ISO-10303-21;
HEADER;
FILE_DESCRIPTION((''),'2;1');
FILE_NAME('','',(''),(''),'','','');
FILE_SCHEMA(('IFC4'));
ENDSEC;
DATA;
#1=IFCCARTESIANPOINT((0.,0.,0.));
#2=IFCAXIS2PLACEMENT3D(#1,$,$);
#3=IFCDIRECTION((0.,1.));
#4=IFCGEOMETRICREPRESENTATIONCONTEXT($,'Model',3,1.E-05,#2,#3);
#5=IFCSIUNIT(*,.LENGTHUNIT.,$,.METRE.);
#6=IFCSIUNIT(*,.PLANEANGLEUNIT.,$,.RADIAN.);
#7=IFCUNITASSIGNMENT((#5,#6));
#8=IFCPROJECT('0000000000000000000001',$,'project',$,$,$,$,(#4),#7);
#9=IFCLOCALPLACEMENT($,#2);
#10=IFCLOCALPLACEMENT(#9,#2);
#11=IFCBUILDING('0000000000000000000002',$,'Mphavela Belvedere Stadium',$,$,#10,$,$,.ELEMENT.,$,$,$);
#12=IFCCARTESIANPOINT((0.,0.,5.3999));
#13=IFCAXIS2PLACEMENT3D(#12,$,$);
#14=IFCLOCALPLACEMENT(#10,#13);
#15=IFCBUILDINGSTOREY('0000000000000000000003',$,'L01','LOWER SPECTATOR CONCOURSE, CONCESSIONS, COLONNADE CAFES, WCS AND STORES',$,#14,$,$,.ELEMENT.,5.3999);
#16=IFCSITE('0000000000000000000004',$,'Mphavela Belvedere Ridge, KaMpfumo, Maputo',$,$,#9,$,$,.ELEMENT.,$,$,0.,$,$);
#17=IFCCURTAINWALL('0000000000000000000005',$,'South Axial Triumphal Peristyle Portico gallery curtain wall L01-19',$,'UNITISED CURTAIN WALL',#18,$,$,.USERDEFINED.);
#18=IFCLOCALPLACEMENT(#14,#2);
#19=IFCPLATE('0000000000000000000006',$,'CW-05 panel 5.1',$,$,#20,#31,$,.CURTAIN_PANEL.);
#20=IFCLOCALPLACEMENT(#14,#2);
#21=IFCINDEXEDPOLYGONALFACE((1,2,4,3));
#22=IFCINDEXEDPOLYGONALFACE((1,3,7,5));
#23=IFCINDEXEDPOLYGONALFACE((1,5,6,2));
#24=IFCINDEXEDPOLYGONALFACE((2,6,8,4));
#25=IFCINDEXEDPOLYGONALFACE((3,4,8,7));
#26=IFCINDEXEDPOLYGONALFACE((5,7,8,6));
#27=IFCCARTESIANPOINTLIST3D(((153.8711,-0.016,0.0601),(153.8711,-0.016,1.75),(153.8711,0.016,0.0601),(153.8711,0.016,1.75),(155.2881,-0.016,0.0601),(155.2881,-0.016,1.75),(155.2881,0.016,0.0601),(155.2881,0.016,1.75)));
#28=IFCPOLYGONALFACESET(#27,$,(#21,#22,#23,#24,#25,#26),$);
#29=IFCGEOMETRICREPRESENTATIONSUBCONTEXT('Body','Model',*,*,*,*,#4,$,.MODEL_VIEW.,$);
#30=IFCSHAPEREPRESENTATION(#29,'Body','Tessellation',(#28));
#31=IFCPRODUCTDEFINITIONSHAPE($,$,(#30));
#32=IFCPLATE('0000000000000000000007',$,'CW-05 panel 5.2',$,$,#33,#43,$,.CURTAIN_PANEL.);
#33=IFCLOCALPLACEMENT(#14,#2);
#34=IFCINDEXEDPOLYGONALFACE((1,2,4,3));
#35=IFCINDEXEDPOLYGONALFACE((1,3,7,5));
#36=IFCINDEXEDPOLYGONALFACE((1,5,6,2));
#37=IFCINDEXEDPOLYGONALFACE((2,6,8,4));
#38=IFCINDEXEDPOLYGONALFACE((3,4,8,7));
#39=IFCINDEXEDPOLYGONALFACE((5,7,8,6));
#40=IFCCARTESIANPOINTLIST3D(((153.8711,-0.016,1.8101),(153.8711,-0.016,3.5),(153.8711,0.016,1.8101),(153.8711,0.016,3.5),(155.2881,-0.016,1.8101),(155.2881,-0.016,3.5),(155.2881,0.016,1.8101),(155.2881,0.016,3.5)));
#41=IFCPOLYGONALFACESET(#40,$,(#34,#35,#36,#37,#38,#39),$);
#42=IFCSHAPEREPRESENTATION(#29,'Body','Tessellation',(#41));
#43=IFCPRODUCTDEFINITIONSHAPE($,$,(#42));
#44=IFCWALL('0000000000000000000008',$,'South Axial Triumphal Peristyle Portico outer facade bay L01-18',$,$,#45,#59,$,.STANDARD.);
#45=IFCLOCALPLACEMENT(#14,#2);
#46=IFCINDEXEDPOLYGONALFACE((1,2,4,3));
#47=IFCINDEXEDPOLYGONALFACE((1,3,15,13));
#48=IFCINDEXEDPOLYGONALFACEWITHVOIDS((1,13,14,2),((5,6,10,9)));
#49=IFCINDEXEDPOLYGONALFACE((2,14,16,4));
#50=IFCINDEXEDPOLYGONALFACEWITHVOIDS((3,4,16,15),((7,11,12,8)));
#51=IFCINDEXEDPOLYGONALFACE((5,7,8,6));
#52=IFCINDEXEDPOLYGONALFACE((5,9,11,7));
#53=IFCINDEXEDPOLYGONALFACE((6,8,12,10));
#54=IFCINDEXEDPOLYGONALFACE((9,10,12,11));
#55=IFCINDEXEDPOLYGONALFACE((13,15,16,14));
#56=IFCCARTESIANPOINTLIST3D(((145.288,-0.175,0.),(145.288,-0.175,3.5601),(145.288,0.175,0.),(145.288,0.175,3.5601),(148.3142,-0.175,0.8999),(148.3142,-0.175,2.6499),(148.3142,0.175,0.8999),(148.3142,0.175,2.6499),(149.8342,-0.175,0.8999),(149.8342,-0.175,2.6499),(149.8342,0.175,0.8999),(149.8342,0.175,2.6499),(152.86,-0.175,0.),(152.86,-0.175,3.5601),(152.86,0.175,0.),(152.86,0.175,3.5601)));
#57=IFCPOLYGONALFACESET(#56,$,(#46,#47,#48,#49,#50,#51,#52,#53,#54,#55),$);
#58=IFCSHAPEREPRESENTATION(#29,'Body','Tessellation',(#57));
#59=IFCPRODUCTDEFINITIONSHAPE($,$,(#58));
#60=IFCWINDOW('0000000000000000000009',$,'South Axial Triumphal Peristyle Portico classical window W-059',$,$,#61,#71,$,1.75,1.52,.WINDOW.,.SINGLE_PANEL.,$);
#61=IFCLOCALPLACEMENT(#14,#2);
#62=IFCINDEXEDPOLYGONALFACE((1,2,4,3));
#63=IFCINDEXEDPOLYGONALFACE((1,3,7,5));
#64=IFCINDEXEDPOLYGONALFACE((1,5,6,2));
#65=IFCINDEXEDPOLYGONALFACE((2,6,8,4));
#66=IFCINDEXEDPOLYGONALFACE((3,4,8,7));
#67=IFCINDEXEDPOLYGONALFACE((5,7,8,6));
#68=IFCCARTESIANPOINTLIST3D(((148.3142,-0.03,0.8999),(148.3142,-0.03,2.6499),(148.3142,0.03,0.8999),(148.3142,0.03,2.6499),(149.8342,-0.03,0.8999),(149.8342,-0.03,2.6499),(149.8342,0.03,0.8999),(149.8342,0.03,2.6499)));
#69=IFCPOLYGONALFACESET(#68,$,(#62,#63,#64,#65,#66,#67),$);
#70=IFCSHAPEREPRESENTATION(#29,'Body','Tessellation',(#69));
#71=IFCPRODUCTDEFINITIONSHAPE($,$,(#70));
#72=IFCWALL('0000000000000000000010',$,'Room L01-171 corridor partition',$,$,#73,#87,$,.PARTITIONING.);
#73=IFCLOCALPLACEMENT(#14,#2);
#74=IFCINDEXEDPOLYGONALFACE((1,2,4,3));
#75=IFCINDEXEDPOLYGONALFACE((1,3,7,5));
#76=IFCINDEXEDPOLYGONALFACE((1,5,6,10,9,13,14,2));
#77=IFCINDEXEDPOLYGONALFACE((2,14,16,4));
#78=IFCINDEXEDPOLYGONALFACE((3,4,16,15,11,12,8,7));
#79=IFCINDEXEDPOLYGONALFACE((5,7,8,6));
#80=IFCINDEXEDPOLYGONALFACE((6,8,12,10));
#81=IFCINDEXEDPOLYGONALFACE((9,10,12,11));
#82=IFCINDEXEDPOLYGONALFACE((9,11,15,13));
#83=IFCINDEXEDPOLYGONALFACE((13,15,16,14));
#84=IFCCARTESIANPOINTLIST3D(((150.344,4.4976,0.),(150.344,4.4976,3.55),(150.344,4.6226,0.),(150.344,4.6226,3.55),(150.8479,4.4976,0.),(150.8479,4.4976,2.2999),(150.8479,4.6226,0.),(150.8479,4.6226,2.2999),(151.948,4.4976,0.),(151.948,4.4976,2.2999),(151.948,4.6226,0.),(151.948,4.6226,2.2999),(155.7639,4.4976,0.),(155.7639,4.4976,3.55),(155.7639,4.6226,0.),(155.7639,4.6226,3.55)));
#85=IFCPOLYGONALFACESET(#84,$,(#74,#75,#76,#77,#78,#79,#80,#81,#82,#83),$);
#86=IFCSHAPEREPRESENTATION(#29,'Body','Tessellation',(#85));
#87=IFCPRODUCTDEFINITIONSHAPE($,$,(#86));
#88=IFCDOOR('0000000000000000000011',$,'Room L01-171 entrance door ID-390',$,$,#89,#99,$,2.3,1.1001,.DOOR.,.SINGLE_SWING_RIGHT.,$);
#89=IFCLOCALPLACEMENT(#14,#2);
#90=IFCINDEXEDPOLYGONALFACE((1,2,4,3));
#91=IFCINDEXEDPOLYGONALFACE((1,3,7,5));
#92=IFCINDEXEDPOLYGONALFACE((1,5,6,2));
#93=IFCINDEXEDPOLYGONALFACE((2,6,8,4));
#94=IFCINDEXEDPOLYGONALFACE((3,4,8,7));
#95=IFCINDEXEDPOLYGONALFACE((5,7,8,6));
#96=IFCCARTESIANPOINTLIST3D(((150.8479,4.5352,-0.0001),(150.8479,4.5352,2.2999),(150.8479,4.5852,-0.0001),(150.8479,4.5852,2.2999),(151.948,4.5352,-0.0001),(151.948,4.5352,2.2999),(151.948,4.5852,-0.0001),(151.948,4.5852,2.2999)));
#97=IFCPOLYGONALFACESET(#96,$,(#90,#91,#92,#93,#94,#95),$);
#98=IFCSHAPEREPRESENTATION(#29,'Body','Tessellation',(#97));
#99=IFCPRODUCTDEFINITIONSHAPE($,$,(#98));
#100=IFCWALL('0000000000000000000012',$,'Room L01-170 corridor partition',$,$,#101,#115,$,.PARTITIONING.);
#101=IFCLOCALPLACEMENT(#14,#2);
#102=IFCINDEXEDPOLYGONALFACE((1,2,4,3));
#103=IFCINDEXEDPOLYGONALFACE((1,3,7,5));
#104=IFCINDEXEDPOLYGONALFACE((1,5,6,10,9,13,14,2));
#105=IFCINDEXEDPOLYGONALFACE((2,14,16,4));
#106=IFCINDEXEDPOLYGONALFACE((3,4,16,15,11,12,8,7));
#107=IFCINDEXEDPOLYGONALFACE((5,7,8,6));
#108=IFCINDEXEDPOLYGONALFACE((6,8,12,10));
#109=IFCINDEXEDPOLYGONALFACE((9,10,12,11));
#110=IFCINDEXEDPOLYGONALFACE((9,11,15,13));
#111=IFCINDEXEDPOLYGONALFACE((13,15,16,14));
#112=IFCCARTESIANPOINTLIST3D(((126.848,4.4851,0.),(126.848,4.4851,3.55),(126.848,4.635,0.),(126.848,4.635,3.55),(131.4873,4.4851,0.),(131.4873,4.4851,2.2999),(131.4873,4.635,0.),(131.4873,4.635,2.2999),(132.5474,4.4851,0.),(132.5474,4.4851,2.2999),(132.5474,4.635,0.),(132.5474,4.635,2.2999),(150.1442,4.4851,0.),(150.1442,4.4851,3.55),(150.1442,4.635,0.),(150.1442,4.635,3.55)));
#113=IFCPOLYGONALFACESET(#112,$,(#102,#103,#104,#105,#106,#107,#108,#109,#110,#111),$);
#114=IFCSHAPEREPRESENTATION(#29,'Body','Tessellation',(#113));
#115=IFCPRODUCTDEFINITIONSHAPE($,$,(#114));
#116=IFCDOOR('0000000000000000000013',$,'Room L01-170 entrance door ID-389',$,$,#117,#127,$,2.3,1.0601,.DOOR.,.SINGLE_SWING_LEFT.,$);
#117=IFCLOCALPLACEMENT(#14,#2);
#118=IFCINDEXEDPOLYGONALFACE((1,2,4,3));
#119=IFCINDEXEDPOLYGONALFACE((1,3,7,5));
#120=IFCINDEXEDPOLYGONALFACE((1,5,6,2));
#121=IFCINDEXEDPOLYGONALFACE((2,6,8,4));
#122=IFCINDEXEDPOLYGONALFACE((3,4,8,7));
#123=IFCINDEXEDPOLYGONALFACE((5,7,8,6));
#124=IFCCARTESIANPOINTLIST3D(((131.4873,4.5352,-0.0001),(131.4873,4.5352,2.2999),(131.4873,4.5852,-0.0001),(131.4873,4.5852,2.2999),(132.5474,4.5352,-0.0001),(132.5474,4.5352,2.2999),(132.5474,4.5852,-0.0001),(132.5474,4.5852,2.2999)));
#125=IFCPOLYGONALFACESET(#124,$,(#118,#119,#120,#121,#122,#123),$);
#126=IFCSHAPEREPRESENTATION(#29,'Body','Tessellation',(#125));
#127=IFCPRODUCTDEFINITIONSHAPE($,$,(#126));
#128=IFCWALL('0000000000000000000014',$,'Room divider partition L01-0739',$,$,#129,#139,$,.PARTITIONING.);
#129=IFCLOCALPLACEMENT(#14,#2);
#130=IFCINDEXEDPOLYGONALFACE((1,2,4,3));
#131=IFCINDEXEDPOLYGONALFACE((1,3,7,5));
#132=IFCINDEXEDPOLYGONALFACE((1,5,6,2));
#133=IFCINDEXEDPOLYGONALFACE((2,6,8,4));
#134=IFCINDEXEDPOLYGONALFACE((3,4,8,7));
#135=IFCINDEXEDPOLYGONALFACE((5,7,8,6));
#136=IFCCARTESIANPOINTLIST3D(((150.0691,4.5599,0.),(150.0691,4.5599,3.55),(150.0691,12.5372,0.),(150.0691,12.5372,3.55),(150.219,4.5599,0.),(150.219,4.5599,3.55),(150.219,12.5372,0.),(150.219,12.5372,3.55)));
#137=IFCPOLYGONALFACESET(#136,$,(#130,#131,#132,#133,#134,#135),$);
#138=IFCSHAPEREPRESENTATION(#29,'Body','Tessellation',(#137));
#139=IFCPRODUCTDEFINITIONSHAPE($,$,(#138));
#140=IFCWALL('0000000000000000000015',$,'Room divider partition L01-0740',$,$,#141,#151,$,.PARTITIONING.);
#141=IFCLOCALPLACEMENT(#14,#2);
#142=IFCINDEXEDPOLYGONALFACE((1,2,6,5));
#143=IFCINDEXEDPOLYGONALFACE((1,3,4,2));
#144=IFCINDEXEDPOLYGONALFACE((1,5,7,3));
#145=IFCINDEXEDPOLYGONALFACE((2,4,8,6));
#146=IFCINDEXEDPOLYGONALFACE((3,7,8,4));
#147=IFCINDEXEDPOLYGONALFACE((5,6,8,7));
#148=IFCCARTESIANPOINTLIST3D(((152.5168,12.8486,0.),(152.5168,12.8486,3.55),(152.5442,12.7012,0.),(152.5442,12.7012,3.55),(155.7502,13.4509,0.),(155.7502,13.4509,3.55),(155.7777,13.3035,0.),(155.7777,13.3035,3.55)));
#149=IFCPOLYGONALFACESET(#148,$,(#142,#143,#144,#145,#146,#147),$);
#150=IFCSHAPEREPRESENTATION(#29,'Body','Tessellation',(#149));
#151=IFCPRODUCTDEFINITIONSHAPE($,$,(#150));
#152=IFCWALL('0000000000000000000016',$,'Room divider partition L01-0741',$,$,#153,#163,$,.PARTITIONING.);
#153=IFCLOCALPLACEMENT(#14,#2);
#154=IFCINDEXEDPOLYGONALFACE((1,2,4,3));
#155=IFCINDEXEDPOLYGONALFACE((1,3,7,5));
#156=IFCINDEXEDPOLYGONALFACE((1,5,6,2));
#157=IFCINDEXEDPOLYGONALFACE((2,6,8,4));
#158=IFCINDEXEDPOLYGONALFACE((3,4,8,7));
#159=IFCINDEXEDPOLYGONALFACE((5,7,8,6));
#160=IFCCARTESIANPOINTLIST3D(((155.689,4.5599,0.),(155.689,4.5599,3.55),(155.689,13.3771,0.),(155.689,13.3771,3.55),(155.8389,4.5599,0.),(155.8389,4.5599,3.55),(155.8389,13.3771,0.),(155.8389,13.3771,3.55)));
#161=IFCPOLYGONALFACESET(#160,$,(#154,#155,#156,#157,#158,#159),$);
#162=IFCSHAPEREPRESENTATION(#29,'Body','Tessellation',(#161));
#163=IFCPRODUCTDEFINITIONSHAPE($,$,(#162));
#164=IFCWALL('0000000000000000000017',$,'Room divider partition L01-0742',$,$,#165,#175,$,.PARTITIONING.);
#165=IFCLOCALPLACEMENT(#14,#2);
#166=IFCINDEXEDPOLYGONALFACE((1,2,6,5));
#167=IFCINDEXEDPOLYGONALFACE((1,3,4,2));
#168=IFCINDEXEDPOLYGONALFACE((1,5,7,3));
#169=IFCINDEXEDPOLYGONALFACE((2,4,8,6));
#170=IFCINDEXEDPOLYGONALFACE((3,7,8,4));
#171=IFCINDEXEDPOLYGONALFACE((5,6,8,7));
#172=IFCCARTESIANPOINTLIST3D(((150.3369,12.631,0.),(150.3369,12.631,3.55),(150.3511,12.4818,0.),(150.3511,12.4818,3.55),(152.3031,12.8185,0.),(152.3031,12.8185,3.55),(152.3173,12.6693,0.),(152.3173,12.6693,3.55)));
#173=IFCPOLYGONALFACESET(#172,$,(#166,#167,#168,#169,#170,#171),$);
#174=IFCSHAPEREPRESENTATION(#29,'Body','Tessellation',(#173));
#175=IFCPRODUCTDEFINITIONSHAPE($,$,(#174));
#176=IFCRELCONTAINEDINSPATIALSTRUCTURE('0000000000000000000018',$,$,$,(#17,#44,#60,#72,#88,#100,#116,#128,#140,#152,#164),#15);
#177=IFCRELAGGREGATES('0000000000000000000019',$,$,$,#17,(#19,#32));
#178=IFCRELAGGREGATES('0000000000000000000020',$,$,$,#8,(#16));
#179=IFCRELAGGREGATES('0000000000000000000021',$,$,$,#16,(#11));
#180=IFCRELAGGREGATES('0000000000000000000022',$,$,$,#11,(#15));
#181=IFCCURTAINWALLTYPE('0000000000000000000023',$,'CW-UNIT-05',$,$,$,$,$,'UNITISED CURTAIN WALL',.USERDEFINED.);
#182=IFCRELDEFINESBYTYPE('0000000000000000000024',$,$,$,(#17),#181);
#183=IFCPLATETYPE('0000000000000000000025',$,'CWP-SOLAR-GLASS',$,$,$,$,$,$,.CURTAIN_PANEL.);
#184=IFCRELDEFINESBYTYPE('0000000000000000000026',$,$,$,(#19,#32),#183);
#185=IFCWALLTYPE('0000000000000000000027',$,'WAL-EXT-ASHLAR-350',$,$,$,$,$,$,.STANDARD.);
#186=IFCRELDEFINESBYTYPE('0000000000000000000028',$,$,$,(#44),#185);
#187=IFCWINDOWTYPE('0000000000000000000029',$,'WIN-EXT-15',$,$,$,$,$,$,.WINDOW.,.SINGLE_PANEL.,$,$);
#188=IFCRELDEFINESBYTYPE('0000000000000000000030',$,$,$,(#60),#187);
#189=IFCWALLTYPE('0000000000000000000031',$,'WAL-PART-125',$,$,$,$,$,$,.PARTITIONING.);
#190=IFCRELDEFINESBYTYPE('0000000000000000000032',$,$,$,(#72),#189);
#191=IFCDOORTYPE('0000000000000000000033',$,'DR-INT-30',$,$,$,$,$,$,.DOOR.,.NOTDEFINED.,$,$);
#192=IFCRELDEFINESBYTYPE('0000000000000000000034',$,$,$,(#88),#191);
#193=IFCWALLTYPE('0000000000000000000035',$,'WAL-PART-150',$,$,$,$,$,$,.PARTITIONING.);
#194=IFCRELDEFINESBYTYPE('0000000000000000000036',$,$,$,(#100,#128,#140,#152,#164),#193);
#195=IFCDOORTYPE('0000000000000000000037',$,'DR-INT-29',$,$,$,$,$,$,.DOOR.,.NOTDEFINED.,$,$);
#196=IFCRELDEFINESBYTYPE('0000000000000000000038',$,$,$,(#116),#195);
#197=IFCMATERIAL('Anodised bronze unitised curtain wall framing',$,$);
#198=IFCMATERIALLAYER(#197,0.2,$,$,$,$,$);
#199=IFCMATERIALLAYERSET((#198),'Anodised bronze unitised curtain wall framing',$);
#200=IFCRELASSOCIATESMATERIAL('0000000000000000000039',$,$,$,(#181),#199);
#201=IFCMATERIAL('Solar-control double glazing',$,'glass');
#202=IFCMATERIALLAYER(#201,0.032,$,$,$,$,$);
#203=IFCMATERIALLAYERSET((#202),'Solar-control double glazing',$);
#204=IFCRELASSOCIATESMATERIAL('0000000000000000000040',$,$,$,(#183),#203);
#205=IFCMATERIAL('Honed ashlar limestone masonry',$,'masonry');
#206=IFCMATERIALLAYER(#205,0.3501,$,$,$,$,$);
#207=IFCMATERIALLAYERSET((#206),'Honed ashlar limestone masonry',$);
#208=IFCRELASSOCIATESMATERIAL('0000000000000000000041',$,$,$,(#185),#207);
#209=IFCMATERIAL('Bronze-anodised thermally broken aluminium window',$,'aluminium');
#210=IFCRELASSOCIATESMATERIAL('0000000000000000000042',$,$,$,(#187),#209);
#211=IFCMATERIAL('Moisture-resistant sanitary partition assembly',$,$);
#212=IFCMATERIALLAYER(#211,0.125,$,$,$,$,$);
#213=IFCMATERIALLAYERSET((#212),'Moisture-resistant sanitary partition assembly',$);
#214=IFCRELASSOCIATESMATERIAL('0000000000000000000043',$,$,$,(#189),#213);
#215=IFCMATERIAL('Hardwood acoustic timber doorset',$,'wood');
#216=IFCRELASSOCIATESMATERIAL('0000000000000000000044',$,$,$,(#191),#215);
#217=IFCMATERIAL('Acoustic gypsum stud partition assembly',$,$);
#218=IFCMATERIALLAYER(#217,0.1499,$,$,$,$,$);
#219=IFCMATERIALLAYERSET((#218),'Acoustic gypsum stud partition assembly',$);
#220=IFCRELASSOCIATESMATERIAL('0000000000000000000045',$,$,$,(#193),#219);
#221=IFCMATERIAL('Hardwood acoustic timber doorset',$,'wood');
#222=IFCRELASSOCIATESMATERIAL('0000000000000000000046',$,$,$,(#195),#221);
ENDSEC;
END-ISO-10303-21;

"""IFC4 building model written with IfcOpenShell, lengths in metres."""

from ifc_helpers import new_model, si_unit, direction, frame, frame_2d, origin, origin_2d, place, context, subcontext, project, spatial, rectangle, extrude, material, layer, layer_set, type_object, element, fill, aggregate, save


model = new_model("IFC4")

# Units and contexts
model_context = context("Model", 3, precision=1e-05, world=origin(), true_north=direction((0.0, 1.0)))
body_context = subcontext(model_context, "Body", "Model", "MODEL_VIEW")
ifc_project = project(units=[si_unit("LENGTHUNIT", "METRE"), si_unit("PLANEANGLEUNIT", "RADIAN")], contexts=[model_context])

# Site, building, storey
site_placement = place(None, origin())
site = spatial("IfcSite", under=ifc_project, at=site_placement, Name="Mphavela Belvedere Ridge, KaMpfumo, Maputo", CompositionType="ELEMENT", RefElevation=0.0)
building_placement = place(site_placement, origin())
building = spatial("IfcBuilding", under=site, at=building_placement, Name="Mphavela Belvedere Stadium", CompositionType="ELEMENT")
storey_placement = place(building_placement, frame((0.0, 0.0, 5.3999)))
storey = spatial("IfcBuildingStorey", under=building, at=storey_placement, Name="L01", Description="LOWER SPECTATOR CONCOURSE, CONCESSIONS, COLONNADE CAFES, WCS AND STORES", CompositionType="ELEMENT", Elevation=5.3999)

# Curtain wall, plates
ifc_material_1 = material(Name="Anodised bronze unitised curtain wall framing")
ifc_layer_1 = layer(ifc_material_1, 0.2)
ifc_layer_set_1 = layer_set([ifc_layer_1], Name="Anodised bronze unitised curtain wall framing")
curtain_wall_type = type_object("IfcCurtainWallType", Name="CW-UNIT-05", ElementType="UNITISED CURTAIN WALL", PredefinedType="USERDEFINED", material=ifc_layer_set_1)
curtain_wall_placement = place(storey_placement, origin())
curtain_wall = element("IfcCurtainWall", 1, at=curtain_wall_placement, inside=storey, type_object=curtain_wall_type, Name="South Axial Triumphal Peristyle Portico gallery curtain wall L01-19", ObjectType="UNITISED CURTAIN WALL", PredefinedType="USERDEFINED")
ifc_material_2 = material(Name="Solar-control double glazing", Category="glass")
ifc_layer_2 = layer(ifc_material_2, 0.032)
ifc_layer_set_2 = layer_set([ifc_layer_2], Name="Solar-control double glazing")
plate_type = type_object("IfcPlateType", Name="CWP-SOLAR-GLASS", PredefinedType="CURTAIN_PANEL", material=ifc_layer_set_2)
plate_1_placement = place(storey_placement, frame((154.5796, 0.0, 0.0601), z_axis=(0.0, 0.0, 1.0), x_axis=(-1.0, 0.0, 0.0)))
plate_1 = element("IfcPlate", 2, at=plate_1_placement, type_object=plate_type, Name="CW-05 panel 5.1", PredefinedType="CURTAIN_PANEL", context=body_context, shape_type="SweptSolid", body=[
    extrude(rectangle(XDim=1.417, YDim=0.032, at=origin_2d()), origin(), (0.0, 0.0, 1.0), 1.6899),
])
plate_2_placement = place(storey_placement, frame((154.5796, 0.0, 1.8101), z_axis=(0.0, 0.0, 1.0), x_axis=(-1.0, 0.0, 0.0)))
plate_2 = element("IfcPlate", 3, at=plate_2_placement, type_object=plate_type, Name="CW-05 panel 5.2", PredefinedType="CURTAIN_PANEL", context=body_context, shape_type="SweptSolid", body=[
    extrude(rectangle(XDim=1.417, YDim=0.032, at=origin_2d()), origin(), (0.0, 0.0, 1.0), 1.6899),
])
aggregate(curtain_wall, [plate_1, plate_2])

# Wall, opening, window
ifc_material_3 = material(Name="Honed ashlar limestone masonry", Category="masonry")
ifc_layer_3 = layer(ifc_material_3, 0.3501)
ifc_layer_set_3 = layer_set([ifc_layer_3], Name="Honed ashlar limestone masonry")
wall_type_1 = type_object("IfcWallType", Name="WAL-EXT-ASHLAR-350", PredefinedType="STANDARD", material=ifc_layer_set_3)
wall_1_placement = place(storey_placement, frame((152.8601, 0.0, 0.0), z_axis=(0.0, 0.0, 1.0), x_axis=(-1.0, 0.0, 0.0)))
wall_1 = element("IfcWall", 4, at=wall_1_placement, inside=storey, type_object=wall_type_1, Name="South Axial Triumphal Peristyle Portico outer facade bay L01-18", PredefinedType="STANDARD", context=body_context, shape_type="SweptSolid", body=[
    extrude(rectangle(XDim=7.572, YDim=0.3501, at=frame_2d((3.7861, 0.0))), origin(), (0.0, 0.0, 1.0), 3.5601),
])
opening_1_placement = place(wall_1_placement, frame((3.0259, 0.0, 0.8999)))
opening_1 = element("IfcOpeningElement", 5, at=opening_1_placement, cuts=wall_1, PredefinedType="OPENING", context=body_context, shape_type="SweptSolid", body=[
    extrude(rectangle(XDim=1.52, YDim=1.75, at=frame_2d((0.76, 0.875))), frame((0.0, 0.1851, 0.0), z_axis=(0.0, -1.0, 0.0), x_axis=(1.0, 0.0, 0.0)), (0.0, 0.0, 1.0), 0.3701),
])
ifc_material_4 = material(Name="Bronze-anodised thermally broken aluminium window", Category="aluminium")
window_type = type_object("IfcWindowType", Name="WIN-EXT-15", PartitioningType="SINGLE_PANEL", PredefinedType="WINDOW", material=ifc_material_4)
window_placement = place(opening_1_placement, origin())
window = element("IfcWindow", 6, at=window_placement, inside=storey, type_object=window_type, Name="South Axial Triumphal Peristyle Portico classical window W-059", OverallHeight=1.75, OverallWidth=1.52, PartitioningType="SINGLE_PANEL", PredefinedType="WINDOW", context=body_context, shape_type="SweptSolid", body=[
    extrude(rectangle(XDim=1.52, YDim=1.75, at=frame_2d((0.76, 0.875))), frame((0.0, 0.03, 0.0), z_axis=(0.0, -1.0, 0.0), x_axis=(1.0, 0.0, 0.0)), (0.0, 0.0, 1.0), 0.0601),
])
fill(opening_1, window)

# Walls, openings, doors
ifc_material_5 = material(Name="Moisture-resistant sanitary partition assembly")
ifc_layer_4 = layer(ifc_material_5, 0.125)
ifc_layer_set_4 = layer_set([ifc_layer_4], Name="Moisture-resistant sanitary partition assembly")
wall_type_2 = type_object("IfcWallType", Name="WAL-PART-125", PredefinedType="PARTITIONING", material=ifc_layer_set_4)
wall_2_placement = place(storey_placement, frame((155.7639, 4.5601, 0.0), z_axis=(0.0, 0.0, 1.0), x_axis=(-1.0, 0.0, 0.0)))
wall_2 = element("IfcWall", 7, at=wall_2_placement, inside=storey, type_object=wall_type_2, Name="Room L01-171 corridor partition", PredefinedType="PARTITIONING", context=body_context, shape_type="SweptSolid", body=[
    extrude(rectangle(XDim=5.4199, YDim=0.125, at=frame_2d((2.71, 0.0))), origin(), (0.0, 0.0, 1.0), 3.55),
])
opening_2_placement = place(wall_2_placement, frame((3.8159, 0.0, 0.0)))
opening_2 = element("IfcOpeningElement", 8, at=opening_2_placement, cuts=wall_2, PredefinedType="OPENING", context=body_context, shape_type="SweptSolid", body=[
    extrude(rectangle(XDim=1.1001, YDim=2.3, at=frame_2d((0.55, 1.1499))), frame((0.0, 0.0725, 0.0), z_axis=(0.0, -1.0, 0.0), x_axis=(1.0, 0.0, 0.0)), (0.0, 0.0, 1.0), 0.145),
])
ifc_material_6 = material(Name="Hardwood acoustic timber doorset", Category="wood")
door_type_1 = type_object("IfcDoorType", Name="DR-INT-30", OperationType="NOTDEFINED", PredefinedType="DOOR", material=ifc_material_6)
door_1_placement = place(opening_2_placement, origin())
door_1 = element("IfcDoor", 9, at=door_1_placement, inside=storey, type_object=door_type_1, Name="Room L01-171 entrance door ID-390", OperationType="SINGLE_SWING_RIGHT", OverallHeight=2.3, OverallWidth=1.1001, PredefinedType="DOOR", context=body_context, shape_type="SweptSolid", body=[
    extrude(rectangle(XDim=1.1001, YDim=2.3, at=frame_2d((0.55, 1.1499))), frame((0.0, 0.0249, 0.0), z_axis=(0.0, -1.0, 0.0), x_axis=(1.0, 0.0, 0.0)), (0.0, 0.0, 1.0), 0.05),
])
fill(opening_2, door_1)
ifc_material_7 = material(Name="Acoustic gypsum stud partition assembly")
ifc_layer_5 = layer(ifc_material_7, 0.1499)
ifc_layer_set_5 = layer_set([ifc_layer_5], Name="Acoustic gypsum stud partition assembly")
wall_type_3 = type_object("IfcWallType", Name="WAL-PART-150", PredefinedType="PARTITIONING", material=ifc_layer_set_5)
wall_3_placement = place(storey_placement, frame((150.144, 4.5601, 0.0), z_axis=(0.0, 0.0, 1.0), x_axis=(-1.0, 0.0, 0.0)))
wall_3 = element("IfcWall", 10, at=wall_3_placement, inside=storey, type_object=wall_type_3, Name="Room L01-170 corridor partition", PredefinedType="PARTITIONING", context=body_context, shape_type="SweptSolid", body=[
    extrude(rectangle(XDim=23.2961, YDim=0.1499, at=frame_2d((11.6479, 0.0))), origin(), (0.0, 0.0, 1.0), 3.55),
])
opening_3_placement = place(wall_3_placement, frame((17.5967, 0.0, 0.0)))
opening_3 = element("IfcOpeningElement", 11, at=opening_3_placement, cuts=wall_3, PredefinedType="OPENING", context=body_context, shape_type="SweptSolid", body=[
    extrude(rectangle(XDim=1.0601, YDim=2.3, at=frame_2d((0.53, 1.1499))), frame((0.0, 0.085, 0.0), z_axis=(0.0, -1.0, 0.0), x_axis=(1.0, 0.0, 0.0)), (0.0, 0.0, 1.0), 0.1699),
])
ifc_material_8 = material(Name="Hardwood acoustic timber doorset", Category="wood")
door_type_2 = type_object("IfcDoorType", Name="DR-INT-29", OperationType="NOTDEFINED", PredefinedType="DOOR", material=ifc_material_8)
door_2_placement = place(opening_3_placement, origin())
door_2 = element("IfcDoor", 12, at=door_2_placement, inside=storey, type_object=door_type_2, Name="Room L01-170 entrance door ID-389", OperationType="SINGLE_SWING_LEFT", OverallHeight=2.3, OverallWidth=1.0601, PredefinedType="DOOR", context=body_context, shape_type="SweptSolid", body=[
    extrude(rectangle(XDim=1.0601, YDim=2.3, at=frame_2d((0.53, 1.1499))), frame((0.0, 0.0249, 0.0), z_axis=(0.0, -1.0, 0.0), x_axis=(1.0, 0.0, 0.0)), (0.0, 0.0, 1.0), 0.05),
])
fill(opening_3, door_2)

# Walls
wall_4_placement = place(storey_placement, frame((150.144, 12.5374, 0.0), z_axis=(0.0, 0.0, 1.0), x_axis=(0.0, -1.0, 0.0)))
element("IfcWall", 13, at=wall_4_placement, inside=storey, type_object=wall_type_3, Name="Room divider partition L01-0739", PredefinedType="PARTITIONING", context=body_context, shape_type="SweptSolid", body=[
    extrude(rectangle(XDim=7.9773, YDim=0.1499, at=frame_2d((3.9888, 0.0))), origin(), (0.0, 0.0, 1.0), 3.55),
])
wall_5_placement = place(storey_placement, frame((152.5305, 12.7749, 0.0), z_axis=(0.0, 0.0, 1.0), x_axis=(0.98309, 0.183123, 0.0)))
element("IfcWall", 14, at=wall_5_placement, inside=storey, type_object=wall_type_3, Name="Room divider partition L01-0740", PredefinedType="PARTITIONING", context=body_context, shape_type="SweptSolid", body=[
    extrude(rectangle(XDim=3.2891, YDim=0.1499, at=frame_2d((1.6445, 0.0))), origin(), (0.0, 0.0, 1.0), 3.55),
])
wall_6_placement = place(storey_placement, frame((155.7639, 13.3772, 0.0), z_axis=(0.0, 0.0, 1.0), x_axis=(0.0, -1.0, 0.0)))
element("IfcWall", 15, at=wall_6_placement, inside=storey, type_object=wall_type_3, Name="Room divider partition L01-0741", PredefinedType="PARTITIONING", context=body_context, shape_type="SweptSolid", body=[
    extrude(rectangle(XDim=8.8171, YDim=0.1499, at=frame_2d((4.4087, 0.0))), origin(), (0.0, 0.0, 1.0), 3.55),
])
wall_7_placement = place(storey_placement, frame((150.344, 12.5564, 0.0), z_axis=(0.0, 0.0, 1.0), x_axis=(0.995483, 0.094937, 0.0)))
element("IfcWall", 16, at=wall_7_placement, inside=storey, type_object=wall_type_3, Name="Room divider partition L01-0742", PredefinedType="PARTITIONING", context=body_context, shape_type="SweptSolid", body=[
    extrude(rectangle(XDim=1.9751, YDim=0.1499, at=frame_2d((0.9875, 0.0))), origin(), (0.0, 0.0, 1.0), 3.55),
])

save(model, "model.ifc")
